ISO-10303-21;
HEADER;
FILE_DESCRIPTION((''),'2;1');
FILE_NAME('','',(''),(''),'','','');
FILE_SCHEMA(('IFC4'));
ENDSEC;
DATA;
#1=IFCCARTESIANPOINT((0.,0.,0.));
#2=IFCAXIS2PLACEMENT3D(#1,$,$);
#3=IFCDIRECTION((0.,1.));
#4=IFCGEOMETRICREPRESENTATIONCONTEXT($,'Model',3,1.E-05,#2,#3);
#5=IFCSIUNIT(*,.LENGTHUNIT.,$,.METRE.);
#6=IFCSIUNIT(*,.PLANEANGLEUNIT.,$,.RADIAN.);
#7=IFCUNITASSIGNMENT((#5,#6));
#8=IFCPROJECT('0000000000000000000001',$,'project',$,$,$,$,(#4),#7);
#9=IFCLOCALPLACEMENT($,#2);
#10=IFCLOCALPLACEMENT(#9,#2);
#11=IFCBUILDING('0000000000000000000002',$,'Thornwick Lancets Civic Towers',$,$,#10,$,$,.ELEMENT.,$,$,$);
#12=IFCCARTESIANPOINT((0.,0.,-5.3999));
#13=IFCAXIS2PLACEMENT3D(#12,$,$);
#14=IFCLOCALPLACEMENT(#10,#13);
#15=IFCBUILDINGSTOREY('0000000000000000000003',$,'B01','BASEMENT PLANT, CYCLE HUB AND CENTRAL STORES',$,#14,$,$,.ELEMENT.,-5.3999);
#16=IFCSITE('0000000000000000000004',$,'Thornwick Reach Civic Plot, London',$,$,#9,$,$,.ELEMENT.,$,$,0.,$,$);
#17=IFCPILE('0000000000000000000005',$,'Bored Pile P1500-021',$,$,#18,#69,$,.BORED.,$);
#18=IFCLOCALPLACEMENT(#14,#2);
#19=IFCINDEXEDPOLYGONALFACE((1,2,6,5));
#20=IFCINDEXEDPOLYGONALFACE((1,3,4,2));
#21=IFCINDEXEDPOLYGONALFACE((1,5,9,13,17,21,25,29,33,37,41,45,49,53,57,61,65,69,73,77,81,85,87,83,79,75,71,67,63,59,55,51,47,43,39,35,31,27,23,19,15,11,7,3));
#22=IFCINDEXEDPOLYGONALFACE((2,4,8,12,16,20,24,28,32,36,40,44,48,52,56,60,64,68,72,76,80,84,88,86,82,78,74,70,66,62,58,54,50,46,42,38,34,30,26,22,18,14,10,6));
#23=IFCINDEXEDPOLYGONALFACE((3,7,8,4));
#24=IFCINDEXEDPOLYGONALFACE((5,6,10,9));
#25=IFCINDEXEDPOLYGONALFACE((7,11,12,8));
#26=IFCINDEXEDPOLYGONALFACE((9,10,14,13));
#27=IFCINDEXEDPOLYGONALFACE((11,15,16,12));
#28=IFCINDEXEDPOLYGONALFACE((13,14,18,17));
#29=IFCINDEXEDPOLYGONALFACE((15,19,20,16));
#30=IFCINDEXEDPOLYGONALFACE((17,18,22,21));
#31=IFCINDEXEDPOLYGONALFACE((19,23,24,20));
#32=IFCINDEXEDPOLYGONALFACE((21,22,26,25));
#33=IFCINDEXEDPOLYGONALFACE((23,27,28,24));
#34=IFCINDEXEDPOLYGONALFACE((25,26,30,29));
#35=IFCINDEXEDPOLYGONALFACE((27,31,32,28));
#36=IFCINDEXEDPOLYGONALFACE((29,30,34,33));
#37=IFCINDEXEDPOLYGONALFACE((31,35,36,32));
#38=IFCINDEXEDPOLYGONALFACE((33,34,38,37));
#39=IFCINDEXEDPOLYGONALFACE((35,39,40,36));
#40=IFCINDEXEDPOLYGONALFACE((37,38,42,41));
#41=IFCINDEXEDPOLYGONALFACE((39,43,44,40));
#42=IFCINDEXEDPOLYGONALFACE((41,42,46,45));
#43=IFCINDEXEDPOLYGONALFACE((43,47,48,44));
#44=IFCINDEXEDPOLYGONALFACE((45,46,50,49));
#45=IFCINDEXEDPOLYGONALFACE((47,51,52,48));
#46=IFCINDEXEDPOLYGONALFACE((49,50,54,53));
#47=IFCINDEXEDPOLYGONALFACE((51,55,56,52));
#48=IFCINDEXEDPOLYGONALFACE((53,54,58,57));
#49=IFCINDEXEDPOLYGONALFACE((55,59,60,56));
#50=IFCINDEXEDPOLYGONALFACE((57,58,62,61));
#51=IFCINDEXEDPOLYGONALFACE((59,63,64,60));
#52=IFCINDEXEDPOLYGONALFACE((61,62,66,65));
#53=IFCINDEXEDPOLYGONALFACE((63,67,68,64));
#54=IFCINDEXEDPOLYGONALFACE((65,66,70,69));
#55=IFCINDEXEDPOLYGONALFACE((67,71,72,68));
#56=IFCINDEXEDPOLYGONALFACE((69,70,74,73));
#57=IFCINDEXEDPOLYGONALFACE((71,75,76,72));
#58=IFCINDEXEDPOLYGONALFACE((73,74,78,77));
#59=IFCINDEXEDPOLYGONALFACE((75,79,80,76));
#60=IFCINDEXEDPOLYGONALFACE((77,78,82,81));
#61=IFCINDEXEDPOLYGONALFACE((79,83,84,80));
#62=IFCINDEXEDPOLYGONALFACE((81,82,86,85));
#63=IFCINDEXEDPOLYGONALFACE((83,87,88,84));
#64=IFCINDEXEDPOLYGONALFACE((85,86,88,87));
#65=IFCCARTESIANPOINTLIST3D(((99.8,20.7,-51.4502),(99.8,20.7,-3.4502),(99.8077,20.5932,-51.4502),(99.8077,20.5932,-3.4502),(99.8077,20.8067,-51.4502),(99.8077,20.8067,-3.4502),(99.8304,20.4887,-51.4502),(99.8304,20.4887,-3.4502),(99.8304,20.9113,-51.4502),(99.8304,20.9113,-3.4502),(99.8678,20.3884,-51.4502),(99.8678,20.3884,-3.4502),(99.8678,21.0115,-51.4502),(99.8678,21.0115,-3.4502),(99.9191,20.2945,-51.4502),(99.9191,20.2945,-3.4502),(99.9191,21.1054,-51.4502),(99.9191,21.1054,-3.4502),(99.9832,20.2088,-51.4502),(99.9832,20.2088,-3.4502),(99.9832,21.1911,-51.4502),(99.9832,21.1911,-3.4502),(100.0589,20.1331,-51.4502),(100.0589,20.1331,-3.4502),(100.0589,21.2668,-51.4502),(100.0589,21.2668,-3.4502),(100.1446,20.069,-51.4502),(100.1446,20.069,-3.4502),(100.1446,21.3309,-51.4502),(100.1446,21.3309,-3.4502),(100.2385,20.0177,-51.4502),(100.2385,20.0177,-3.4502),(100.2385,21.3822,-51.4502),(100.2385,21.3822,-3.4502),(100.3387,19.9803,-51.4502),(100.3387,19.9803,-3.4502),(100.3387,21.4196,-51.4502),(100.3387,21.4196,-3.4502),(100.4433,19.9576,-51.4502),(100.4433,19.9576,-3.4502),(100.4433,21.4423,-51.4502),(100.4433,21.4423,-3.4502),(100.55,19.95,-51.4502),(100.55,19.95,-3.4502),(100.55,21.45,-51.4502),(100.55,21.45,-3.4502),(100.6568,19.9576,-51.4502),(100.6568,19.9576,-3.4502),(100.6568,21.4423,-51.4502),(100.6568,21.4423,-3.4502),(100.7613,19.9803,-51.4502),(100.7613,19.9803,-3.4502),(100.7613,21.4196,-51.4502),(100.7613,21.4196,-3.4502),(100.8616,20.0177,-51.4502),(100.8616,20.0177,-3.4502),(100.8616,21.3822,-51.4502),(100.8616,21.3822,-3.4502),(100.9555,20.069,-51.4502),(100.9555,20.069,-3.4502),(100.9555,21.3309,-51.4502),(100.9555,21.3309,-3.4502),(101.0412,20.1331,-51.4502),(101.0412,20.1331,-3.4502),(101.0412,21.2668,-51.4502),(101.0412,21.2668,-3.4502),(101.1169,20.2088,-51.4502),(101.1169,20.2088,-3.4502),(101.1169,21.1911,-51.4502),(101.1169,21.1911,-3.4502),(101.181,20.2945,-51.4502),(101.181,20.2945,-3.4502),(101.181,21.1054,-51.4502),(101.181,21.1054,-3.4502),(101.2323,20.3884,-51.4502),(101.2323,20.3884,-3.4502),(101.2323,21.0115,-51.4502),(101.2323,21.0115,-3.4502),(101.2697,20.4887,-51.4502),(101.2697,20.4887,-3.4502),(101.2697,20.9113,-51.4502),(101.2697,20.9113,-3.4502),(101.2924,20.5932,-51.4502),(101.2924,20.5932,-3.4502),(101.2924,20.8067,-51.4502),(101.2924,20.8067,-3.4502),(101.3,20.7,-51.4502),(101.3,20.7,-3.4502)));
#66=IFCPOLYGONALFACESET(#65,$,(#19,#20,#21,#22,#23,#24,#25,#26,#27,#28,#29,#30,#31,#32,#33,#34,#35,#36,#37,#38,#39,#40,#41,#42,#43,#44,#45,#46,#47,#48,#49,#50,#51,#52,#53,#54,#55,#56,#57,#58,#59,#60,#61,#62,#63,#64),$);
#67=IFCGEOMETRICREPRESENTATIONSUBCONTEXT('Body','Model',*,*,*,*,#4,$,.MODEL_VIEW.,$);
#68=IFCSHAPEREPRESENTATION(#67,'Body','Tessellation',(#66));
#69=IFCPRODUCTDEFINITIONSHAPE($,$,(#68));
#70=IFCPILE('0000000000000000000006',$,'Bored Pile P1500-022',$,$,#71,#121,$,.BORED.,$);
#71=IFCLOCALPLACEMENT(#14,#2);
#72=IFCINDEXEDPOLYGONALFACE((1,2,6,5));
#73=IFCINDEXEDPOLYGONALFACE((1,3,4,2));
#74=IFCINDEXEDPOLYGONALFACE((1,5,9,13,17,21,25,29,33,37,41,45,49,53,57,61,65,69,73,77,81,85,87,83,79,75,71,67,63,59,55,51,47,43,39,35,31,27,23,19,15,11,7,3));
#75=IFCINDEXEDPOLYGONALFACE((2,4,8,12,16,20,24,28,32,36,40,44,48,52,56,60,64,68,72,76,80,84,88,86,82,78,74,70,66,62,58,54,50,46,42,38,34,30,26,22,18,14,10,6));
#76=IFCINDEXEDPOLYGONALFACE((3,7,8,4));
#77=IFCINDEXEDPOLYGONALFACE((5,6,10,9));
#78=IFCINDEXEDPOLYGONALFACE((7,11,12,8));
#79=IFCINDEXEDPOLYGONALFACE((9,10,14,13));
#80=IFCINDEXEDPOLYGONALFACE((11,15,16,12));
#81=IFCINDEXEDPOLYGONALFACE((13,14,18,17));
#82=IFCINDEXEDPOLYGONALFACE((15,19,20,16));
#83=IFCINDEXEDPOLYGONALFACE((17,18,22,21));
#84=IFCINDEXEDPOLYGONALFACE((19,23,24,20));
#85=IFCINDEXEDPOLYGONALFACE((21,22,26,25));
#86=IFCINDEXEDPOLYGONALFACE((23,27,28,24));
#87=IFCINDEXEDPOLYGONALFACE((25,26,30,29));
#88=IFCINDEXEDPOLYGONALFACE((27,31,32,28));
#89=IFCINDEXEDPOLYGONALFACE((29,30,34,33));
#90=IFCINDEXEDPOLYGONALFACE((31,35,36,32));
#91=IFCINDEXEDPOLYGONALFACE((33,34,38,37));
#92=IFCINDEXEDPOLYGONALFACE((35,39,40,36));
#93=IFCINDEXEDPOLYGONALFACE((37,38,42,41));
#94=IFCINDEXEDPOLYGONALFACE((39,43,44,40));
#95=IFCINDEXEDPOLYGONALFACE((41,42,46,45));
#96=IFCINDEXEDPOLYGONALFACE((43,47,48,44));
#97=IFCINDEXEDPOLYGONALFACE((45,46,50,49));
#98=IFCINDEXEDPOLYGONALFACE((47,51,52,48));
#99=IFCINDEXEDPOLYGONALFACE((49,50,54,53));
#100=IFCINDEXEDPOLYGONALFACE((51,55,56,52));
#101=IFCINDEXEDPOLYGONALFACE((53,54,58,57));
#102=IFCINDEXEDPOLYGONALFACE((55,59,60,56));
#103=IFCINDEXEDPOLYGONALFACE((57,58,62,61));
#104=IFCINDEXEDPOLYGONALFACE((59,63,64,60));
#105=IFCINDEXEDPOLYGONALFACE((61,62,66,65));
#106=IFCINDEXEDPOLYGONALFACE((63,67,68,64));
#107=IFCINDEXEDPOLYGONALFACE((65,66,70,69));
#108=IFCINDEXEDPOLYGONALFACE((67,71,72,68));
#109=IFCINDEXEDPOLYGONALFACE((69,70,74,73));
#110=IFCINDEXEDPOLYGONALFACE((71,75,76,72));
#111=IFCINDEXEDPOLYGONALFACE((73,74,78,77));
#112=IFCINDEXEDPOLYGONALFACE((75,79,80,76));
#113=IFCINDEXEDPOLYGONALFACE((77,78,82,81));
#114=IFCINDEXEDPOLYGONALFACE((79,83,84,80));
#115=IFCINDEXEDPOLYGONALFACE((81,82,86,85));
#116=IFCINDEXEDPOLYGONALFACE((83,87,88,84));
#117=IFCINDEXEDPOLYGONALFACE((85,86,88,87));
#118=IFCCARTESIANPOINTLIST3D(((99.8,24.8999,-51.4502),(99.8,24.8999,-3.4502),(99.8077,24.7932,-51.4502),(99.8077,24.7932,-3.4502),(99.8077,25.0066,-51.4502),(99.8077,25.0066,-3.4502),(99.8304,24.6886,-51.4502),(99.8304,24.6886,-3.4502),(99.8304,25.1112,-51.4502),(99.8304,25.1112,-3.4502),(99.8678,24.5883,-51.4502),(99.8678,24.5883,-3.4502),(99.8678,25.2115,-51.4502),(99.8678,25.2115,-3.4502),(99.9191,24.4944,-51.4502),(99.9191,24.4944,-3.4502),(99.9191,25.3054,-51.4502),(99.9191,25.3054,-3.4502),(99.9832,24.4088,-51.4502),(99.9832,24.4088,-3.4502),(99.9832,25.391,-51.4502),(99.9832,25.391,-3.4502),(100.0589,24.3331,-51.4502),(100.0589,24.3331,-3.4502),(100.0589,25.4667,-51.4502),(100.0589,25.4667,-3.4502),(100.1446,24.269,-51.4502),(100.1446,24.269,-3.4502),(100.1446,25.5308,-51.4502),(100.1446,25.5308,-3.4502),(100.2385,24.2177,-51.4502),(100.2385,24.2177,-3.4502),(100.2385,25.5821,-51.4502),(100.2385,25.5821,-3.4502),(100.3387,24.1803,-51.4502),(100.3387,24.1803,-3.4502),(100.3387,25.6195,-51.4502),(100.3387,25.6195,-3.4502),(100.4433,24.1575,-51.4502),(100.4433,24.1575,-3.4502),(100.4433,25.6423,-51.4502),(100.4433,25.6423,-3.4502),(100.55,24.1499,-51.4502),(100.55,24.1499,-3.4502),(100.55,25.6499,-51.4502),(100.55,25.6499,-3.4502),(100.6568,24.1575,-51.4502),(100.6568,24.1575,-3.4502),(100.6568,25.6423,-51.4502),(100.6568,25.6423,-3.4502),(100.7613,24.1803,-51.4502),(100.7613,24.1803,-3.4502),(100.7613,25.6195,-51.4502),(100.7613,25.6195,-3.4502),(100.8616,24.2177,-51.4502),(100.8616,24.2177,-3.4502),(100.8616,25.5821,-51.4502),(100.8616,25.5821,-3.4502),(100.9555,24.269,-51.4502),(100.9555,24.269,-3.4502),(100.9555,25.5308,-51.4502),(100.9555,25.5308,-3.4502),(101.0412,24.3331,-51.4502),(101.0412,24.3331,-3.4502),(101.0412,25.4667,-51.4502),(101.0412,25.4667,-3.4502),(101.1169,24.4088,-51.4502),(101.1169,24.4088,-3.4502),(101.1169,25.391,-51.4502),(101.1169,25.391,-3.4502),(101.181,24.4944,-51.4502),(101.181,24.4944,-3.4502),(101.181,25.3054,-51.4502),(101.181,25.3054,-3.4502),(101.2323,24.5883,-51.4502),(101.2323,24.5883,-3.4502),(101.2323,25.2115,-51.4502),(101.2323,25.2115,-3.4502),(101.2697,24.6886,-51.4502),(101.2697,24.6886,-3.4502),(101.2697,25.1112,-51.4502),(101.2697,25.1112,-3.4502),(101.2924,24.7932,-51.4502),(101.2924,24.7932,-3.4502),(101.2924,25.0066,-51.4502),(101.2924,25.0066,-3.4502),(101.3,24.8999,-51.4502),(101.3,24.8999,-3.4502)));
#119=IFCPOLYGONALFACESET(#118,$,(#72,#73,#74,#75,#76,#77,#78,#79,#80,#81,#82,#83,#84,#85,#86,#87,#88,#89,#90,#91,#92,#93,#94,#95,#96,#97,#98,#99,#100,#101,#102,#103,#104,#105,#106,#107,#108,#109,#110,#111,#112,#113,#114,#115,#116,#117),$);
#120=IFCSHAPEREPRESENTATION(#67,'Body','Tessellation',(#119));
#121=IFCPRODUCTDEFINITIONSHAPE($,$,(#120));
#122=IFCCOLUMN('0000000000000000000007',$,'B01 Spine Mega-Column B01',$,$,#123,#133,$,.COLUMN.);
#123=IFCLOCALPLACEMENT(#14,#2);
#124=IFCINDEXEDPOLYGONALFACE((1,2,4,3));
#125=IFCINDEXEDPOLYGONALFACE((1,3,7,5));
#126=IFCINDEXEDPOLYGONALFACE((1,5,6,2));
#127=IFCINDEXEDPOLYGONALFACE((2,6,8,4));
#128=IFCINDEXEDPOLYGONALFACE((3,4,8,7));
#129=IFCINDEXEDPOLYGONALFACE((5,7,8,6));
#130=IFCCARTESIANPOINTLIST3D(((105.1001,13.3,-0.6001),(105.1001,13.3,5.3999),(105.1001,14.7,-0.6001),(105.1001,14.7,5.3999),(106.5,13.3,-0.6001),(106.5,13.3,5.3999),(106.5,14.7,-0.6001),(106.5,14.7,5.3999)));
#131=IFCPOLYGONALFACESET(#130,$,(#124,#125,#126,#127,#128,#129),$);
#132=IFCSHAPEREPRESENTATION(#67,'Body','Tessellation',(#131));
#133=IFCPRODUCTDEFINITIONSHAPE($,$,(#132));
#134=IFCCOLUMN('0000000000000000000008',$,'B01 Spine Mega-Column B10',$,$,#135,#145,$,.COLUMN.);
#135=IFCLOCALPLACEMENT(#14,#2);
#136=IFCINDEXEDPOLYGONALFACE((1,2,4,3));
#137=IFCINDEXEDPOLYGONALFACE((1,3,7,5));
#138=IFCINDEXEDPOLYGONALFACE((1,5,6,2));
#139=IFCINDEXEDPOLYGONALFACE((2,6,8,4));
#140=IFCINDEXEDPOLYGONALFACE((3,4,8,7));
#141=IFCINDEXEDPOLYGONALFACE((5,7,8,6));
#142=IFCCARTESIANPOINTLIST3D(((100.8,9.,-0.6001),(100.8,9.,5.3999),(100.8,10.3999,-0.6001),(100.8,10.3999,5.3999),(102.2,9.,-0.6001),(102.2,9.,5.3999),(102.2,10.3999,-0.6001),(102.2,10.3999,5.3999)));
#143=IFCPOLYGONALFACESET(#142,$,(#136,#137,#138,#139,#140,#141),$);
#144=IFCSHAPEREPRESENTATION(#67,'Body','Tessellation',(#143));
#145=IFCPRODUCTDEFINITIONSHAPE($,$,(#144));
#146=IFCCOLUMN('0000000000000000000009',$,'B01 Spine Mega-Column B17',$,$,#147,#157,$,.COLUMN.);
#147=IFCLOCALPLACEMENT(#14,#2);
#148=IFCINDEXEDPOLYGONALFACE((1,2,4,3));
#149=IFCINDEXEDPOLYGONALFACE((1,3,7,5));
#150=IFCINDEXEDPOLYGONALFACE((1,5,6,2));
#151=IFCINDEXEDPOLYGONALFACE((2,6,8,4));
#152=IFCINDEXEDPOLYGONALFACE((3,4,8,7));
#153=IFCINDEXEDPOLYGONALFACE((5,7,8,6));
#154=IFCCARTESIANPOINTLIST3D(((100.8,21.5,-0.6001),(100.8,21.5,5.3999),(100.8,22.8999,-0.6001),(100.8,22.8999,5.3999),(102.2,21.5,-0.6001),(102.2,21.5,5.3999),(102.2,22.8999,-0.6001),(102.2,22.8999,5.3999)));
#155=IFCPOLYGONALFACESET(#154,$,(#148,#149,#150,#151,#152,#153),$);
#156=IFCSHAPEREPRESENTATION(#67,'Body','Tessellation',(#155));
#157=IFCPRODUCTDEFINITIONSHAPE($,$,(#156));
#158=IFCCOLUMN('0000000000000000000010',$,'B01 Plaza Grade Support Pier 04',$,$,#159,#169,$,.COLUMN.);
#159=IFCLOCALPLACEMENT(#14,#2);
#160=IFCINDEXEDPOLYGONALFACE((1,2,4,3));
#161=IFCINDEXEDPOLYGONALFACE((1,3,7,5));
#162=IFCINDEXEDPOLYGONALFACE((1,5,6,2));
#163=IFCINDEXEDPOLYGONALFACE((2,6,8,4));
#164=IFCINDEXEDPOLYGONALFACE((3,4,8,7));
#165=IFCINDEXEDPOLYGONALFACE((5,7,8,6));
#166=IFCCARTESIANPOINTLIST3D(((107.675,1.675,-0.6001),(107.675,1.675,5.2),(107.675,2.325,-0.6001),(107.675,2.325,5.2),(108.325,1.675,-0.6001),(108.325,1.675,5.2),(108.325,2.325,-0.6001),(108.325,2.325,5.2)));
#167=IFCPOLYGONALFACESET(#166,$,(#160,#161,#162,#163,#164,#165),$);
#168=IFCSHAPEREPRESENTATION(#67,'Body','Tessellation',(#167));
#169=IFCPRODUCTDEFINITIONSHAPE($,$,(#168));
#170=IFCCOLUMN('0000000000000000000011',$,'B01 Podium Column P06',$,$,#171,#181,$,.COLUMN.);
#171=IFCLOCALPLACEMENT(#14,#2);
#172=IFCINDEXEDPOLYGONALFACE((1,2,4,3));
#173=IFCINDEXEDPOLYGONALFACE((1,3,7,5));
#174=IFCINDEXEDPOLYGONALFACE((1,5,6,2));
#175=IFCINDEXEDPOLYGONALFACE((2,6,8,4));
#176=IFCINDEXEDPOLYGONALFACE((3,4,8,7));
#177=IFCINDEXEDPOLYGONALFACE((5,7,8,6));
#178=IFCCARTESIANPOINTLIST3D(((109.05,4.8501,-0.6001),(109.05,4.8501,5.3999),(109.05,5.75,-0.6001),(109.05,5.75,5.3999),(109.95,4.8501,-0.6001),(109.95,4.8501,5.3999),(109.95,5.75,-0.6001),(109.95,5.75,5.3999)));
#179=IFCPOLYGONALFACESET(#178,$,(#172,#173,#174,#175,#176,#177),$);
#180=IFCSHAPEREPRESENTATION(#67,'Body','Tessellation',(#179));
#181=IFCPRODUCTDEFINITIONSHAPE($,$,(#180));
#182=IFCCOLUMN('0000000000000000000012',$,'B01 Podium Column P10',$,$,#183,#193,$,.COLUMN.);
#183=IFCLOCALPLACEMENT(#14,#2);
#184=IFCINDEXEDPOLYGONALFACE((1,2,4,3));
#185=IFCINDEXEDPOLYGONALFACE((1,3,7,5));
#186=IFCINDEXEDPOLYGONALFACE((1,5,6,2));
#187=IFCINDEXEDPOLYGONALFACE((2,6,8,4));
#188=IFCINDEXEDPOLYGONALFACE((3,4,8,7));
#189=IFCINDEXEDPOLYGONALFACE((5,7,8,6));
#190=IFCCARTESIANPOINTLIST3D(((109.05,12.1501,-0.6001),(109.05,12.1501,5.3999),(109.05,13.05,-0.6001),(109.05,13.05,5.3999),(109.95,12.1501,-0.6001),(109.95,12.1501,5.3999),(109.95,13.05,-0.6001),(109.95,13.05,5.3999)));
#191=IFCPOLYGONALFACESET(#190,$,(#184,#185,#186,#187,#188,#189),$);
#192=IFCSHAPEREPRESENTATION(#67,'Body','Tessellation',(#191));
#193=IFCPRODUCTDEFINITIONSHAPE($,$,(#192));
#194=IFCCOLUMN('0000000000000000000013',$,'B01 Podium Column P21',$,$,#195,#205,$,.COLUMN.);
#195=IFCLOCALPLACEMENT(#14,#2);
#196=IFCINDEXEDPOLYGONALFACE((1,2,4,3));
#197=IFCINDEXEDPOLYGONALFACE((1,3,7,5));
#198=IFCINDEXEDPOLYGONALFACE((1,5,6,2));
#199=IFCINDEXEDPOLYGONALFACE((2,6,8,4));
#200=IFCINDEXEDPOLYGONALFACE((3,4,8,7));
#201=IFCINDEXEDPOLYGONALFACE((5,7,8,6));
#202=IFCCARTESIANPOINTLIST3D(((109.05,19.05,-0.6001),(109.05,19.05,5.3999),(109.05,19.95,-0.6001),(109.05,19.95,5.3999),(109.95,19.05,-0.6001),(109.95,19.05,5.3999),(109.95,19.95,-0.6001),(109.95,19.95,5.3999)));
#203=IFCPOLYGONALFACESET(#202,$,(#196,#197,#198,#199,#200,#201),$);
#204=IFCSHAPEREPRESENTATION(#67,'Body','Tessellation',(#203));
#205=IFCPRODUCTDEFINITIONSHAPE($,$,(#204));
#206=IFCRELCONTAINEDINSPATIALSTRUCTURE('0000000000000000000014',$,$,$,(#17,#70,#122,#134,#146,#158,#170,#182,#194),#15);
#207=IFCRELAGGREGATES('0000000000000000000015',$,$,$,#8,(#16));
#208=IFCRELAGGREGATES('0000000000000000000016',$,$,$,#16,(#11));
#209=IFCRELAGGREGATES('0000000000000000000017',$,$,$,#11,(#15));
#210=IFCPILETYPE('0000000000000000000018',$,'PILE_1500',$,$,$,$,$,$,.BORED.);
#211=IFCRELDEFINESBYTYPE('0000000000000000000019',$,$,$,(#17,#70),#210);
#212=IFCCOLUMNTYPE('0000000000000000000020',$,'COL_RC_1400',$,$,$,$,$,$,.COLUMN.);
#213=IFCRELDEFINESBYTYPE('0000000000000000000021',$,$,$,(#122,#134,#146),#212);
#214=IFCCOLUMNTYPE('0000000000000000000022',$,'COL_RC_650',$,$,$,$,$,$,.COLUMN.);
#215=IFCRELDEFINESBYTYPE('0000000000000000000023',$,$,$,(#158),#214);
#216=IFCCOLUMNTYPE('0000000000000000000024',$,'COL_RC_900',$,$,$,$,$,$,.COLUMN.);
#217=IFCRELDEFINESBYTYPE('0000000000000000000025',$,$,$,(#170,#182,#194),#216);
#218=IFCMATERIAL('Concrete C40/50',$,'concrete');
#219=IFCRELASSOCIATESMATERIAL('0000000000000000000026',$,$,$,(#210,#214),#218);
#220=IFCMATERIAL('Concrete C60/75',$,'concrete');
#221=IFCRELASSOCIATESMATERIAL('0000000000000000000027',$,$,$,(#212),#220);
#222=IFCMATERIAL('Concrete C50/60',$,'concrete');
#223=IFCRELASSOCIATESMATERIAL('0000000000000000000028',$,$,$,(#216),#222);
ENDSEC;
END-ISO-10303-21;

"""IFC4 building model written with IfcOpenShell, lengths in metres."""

from ifc_helpers import new_model, si_unit, direction, frame, origin, origin_2d, place, context, subcontext, project, spatial, rectangle, circle, extrude, material, material_profile, profile_set, type_object, element, save


model = new_model("IFC4")

# Units and contexts
model_context = context("Model", 3, precision=1e-05, world=origin(), true_north=direction((0.0, 1.0)))
body_context = subcontext(model_context, "Body", "Model", "MODEL_VIEW")
ifc_project = project(units=[si_unit("LENGTHUNIT", "METRE"), si_unit("PLANEANGLEUNIT", "RADIAN")], contexts=[model_context])

# Site, building, storey
site_placement = place(None, origin())
site = spatial("IfcSite", under=ifc_project, at=site_placement, Name="Thornwick Reach Civic Plot, London", CompositionType="ELEMENT", RefElevation=0.0)
building_placement = place(site_placement, origin())
building = spatial("IfcBuilding", under=site, at=building_placement, Name="Thornwick Lancets Civic Towers", CompositionType="ELEMENT")
storey_placement = place(building_placement, frame((0.0, 0.0, -5.3999)))
storey = spatial("IfcBuildingStorey", under=building, at=storey_placement, Name="B01", Description="BASEMENT PLANT, CYCLE HUB AND CENTRAL STORES", CompositionType="ELEMENT", Elevation=-5.3999)

# Shared definitions
ifc_material_1 = material(Name="Concrete C40/50", Category="concrete")

# Piles
ifc_material_profile_1 = material_profile(ifc_material_1, circle(Radius=0.75, at=origin_2d()), Name="PILE D1500")
ifc_profile_set_1 = profile_set([ifc_material_profile_1], Name="Concrete C40/50")
pile_type_1 = type_object("IfcPileType", Name="PILE_1500", PredefinedType="BORED", material=ifc_profile_set_1)
for number, where, z_axis, x_axis, name in (
    (1, (100.55, 20.7, -3.4502), (0.0, 0.0, -1.0), (1.0, 0.0, 0.0), "Bored Pile P1500-021"),
    (2, (100.55, 24.8999, -3.4502), (0.0, 0.0, -1.0), (1.0, 0.0, 0.0), "Bored Pile P1500-022"),
):
    element("IfcPile", number, at=place(storey_placement, frame(where, z_axis=z_axis, x_axis=x_axis)), inside=storey, type_object=pile_type_1, Name=name, PredefinedType="BORED", context=body_context, shape_type="SweptSolid", body=[
        extrude(circle(Radius=0.75, at=origin_2d()), origin(), (0.0, 0.0, 1.0), 48.0),
    ])

# Columns
ifc_material_2 = material(Name="Concrete C60/75", Category="concrete")
ifc_material_profile_2 = material_profile(ifc_material_2, rectangle(XDim=1.3999, YDim=1.3999, at=origin_2d()), Name="RC 1400x1400")
ifc_profile_set_2 = profile_set([ifc_material_profile_2], Name="Concrete C60/75")
column_type_1 = type_object("IfcColumnType", Name="COL_RC_1400", PredefinedType="COLUMN", material=ifc_profile_set_2)
for number, where, z_axis, x_axis, name in (
    (3, (105.8, 14.0, -0.6001), (0.0, 0.0, 1.0), (1.0, 0.0, 0.0), "B01 Spine Mega-Column B01"),
    (4, (101.5, 9.7, -0.6001), (0.0, 0.0, 1.0), (1.0, 0.0, 0.0), "B01 Spine Mega-Column B10"),
    (5, (101.5, 22.2, -0.6001), (0.0, 0.0, 1.0), (1.0, 0.0, 0.0), "B01 Spine Mega-Column B17"),
):
    element("IfcColumn", number, at=place(storey_placement, frame(where, z_axis=z_axis, x_axis=x_axis)), inside=storey, type_object=column_type_1, Name=name, PredefinedType="COLUMN", context=body_context, shape_type="SweptSolid", body=[
        extrude(rectangle(XDim=1.3999, YDim=1.3999, at=origin_2d()), origin(), (0.0, 0.0, 1.0), 6.0),
    ])
ifc_material_profile_3 = material_profile(ifc_material_1, rectangle(XDim=0.6499, YDim=0.6499, at=origin_2d()), Name="RC 650x650")
ifc_profile_set_3 = profile_set([ifc_material_profile_3], Name="Concrete C40/50")
column_type_2 = type_object("IfcColumnType", Name="COL_RC_650", PredefinedType="COLUMN", material=ifc_profile_set_3)
column_placement = place(storey_placement, frame((108.0, 2.0, -0.6001), z_axis=(0.0, 0.0, 1.0), x_axis=(1.0, 0.0, 0.0)))
element("IfcColumn", 6, at=column_placement, inside=storey, type_object=column_type_2, Name="B01 Plaza Grade Support Pier 04", PredefinedType="COLUMN", context=body_context, shape_type="SweptSolid", body=[
    extrude(rectangle(XDim=0.6499, YDim=0.6499, at=origin_2d()), origin(), (0.0, 0.0, 1.0), 5.8),
])
ifc_material_3 = material(Name="Concrete C50/60", Category="concrete")
ifc_material_profile_4 = material_profile(ifc_material_3, rectangle(XDim=0.8999, YDim=0.8999, at=origin_2d()), Name="RC 900x900")
ifc_profile_set_4 = profile_set([ifc_material_profile_4], Name="Concrete C50/60")
column_type_3 = type_object("IfcColumnType", Name="COL_RC_900", PredefinedType="COLUMN", material=ifc_profile_set_4)
for number, where, z_axis, x_axis, name in (
    (7, (109.5, 5.3, -0.6001), (0.0, 0.0, 1.0), (1.0, 0.0, 0.0), "B01 Podium Column P06"),
    (8, (109.5, 12.6001, -0.6001), (0.0, 0.0, 1.0), (1.0, 0.0, 0.0), "B01 Podium Column P10"),
    (9, (109.5, 19.5, -0.6001), (0.0, 0.0, 1.0), (1.0, 0.0, 0.0), "B01 Podium Column P21"),
):
    element("IfcColumn", number, at=place(storey_placement, frame(where, z_axis=z_axis, x_axis=x_axis)), inside=storey, type_object=column_type_3, Name=name, PredefinedType="COLUMN", context=body_context, shape_type="SweptSolid", body=[
        extrude(rectangle(XDim=0.8999, YDim=0.8999, at=origin_2d()), origin(), (0.0, 0.0, 1.0), 6.0),
    ])

save(model, "model.ifc")
